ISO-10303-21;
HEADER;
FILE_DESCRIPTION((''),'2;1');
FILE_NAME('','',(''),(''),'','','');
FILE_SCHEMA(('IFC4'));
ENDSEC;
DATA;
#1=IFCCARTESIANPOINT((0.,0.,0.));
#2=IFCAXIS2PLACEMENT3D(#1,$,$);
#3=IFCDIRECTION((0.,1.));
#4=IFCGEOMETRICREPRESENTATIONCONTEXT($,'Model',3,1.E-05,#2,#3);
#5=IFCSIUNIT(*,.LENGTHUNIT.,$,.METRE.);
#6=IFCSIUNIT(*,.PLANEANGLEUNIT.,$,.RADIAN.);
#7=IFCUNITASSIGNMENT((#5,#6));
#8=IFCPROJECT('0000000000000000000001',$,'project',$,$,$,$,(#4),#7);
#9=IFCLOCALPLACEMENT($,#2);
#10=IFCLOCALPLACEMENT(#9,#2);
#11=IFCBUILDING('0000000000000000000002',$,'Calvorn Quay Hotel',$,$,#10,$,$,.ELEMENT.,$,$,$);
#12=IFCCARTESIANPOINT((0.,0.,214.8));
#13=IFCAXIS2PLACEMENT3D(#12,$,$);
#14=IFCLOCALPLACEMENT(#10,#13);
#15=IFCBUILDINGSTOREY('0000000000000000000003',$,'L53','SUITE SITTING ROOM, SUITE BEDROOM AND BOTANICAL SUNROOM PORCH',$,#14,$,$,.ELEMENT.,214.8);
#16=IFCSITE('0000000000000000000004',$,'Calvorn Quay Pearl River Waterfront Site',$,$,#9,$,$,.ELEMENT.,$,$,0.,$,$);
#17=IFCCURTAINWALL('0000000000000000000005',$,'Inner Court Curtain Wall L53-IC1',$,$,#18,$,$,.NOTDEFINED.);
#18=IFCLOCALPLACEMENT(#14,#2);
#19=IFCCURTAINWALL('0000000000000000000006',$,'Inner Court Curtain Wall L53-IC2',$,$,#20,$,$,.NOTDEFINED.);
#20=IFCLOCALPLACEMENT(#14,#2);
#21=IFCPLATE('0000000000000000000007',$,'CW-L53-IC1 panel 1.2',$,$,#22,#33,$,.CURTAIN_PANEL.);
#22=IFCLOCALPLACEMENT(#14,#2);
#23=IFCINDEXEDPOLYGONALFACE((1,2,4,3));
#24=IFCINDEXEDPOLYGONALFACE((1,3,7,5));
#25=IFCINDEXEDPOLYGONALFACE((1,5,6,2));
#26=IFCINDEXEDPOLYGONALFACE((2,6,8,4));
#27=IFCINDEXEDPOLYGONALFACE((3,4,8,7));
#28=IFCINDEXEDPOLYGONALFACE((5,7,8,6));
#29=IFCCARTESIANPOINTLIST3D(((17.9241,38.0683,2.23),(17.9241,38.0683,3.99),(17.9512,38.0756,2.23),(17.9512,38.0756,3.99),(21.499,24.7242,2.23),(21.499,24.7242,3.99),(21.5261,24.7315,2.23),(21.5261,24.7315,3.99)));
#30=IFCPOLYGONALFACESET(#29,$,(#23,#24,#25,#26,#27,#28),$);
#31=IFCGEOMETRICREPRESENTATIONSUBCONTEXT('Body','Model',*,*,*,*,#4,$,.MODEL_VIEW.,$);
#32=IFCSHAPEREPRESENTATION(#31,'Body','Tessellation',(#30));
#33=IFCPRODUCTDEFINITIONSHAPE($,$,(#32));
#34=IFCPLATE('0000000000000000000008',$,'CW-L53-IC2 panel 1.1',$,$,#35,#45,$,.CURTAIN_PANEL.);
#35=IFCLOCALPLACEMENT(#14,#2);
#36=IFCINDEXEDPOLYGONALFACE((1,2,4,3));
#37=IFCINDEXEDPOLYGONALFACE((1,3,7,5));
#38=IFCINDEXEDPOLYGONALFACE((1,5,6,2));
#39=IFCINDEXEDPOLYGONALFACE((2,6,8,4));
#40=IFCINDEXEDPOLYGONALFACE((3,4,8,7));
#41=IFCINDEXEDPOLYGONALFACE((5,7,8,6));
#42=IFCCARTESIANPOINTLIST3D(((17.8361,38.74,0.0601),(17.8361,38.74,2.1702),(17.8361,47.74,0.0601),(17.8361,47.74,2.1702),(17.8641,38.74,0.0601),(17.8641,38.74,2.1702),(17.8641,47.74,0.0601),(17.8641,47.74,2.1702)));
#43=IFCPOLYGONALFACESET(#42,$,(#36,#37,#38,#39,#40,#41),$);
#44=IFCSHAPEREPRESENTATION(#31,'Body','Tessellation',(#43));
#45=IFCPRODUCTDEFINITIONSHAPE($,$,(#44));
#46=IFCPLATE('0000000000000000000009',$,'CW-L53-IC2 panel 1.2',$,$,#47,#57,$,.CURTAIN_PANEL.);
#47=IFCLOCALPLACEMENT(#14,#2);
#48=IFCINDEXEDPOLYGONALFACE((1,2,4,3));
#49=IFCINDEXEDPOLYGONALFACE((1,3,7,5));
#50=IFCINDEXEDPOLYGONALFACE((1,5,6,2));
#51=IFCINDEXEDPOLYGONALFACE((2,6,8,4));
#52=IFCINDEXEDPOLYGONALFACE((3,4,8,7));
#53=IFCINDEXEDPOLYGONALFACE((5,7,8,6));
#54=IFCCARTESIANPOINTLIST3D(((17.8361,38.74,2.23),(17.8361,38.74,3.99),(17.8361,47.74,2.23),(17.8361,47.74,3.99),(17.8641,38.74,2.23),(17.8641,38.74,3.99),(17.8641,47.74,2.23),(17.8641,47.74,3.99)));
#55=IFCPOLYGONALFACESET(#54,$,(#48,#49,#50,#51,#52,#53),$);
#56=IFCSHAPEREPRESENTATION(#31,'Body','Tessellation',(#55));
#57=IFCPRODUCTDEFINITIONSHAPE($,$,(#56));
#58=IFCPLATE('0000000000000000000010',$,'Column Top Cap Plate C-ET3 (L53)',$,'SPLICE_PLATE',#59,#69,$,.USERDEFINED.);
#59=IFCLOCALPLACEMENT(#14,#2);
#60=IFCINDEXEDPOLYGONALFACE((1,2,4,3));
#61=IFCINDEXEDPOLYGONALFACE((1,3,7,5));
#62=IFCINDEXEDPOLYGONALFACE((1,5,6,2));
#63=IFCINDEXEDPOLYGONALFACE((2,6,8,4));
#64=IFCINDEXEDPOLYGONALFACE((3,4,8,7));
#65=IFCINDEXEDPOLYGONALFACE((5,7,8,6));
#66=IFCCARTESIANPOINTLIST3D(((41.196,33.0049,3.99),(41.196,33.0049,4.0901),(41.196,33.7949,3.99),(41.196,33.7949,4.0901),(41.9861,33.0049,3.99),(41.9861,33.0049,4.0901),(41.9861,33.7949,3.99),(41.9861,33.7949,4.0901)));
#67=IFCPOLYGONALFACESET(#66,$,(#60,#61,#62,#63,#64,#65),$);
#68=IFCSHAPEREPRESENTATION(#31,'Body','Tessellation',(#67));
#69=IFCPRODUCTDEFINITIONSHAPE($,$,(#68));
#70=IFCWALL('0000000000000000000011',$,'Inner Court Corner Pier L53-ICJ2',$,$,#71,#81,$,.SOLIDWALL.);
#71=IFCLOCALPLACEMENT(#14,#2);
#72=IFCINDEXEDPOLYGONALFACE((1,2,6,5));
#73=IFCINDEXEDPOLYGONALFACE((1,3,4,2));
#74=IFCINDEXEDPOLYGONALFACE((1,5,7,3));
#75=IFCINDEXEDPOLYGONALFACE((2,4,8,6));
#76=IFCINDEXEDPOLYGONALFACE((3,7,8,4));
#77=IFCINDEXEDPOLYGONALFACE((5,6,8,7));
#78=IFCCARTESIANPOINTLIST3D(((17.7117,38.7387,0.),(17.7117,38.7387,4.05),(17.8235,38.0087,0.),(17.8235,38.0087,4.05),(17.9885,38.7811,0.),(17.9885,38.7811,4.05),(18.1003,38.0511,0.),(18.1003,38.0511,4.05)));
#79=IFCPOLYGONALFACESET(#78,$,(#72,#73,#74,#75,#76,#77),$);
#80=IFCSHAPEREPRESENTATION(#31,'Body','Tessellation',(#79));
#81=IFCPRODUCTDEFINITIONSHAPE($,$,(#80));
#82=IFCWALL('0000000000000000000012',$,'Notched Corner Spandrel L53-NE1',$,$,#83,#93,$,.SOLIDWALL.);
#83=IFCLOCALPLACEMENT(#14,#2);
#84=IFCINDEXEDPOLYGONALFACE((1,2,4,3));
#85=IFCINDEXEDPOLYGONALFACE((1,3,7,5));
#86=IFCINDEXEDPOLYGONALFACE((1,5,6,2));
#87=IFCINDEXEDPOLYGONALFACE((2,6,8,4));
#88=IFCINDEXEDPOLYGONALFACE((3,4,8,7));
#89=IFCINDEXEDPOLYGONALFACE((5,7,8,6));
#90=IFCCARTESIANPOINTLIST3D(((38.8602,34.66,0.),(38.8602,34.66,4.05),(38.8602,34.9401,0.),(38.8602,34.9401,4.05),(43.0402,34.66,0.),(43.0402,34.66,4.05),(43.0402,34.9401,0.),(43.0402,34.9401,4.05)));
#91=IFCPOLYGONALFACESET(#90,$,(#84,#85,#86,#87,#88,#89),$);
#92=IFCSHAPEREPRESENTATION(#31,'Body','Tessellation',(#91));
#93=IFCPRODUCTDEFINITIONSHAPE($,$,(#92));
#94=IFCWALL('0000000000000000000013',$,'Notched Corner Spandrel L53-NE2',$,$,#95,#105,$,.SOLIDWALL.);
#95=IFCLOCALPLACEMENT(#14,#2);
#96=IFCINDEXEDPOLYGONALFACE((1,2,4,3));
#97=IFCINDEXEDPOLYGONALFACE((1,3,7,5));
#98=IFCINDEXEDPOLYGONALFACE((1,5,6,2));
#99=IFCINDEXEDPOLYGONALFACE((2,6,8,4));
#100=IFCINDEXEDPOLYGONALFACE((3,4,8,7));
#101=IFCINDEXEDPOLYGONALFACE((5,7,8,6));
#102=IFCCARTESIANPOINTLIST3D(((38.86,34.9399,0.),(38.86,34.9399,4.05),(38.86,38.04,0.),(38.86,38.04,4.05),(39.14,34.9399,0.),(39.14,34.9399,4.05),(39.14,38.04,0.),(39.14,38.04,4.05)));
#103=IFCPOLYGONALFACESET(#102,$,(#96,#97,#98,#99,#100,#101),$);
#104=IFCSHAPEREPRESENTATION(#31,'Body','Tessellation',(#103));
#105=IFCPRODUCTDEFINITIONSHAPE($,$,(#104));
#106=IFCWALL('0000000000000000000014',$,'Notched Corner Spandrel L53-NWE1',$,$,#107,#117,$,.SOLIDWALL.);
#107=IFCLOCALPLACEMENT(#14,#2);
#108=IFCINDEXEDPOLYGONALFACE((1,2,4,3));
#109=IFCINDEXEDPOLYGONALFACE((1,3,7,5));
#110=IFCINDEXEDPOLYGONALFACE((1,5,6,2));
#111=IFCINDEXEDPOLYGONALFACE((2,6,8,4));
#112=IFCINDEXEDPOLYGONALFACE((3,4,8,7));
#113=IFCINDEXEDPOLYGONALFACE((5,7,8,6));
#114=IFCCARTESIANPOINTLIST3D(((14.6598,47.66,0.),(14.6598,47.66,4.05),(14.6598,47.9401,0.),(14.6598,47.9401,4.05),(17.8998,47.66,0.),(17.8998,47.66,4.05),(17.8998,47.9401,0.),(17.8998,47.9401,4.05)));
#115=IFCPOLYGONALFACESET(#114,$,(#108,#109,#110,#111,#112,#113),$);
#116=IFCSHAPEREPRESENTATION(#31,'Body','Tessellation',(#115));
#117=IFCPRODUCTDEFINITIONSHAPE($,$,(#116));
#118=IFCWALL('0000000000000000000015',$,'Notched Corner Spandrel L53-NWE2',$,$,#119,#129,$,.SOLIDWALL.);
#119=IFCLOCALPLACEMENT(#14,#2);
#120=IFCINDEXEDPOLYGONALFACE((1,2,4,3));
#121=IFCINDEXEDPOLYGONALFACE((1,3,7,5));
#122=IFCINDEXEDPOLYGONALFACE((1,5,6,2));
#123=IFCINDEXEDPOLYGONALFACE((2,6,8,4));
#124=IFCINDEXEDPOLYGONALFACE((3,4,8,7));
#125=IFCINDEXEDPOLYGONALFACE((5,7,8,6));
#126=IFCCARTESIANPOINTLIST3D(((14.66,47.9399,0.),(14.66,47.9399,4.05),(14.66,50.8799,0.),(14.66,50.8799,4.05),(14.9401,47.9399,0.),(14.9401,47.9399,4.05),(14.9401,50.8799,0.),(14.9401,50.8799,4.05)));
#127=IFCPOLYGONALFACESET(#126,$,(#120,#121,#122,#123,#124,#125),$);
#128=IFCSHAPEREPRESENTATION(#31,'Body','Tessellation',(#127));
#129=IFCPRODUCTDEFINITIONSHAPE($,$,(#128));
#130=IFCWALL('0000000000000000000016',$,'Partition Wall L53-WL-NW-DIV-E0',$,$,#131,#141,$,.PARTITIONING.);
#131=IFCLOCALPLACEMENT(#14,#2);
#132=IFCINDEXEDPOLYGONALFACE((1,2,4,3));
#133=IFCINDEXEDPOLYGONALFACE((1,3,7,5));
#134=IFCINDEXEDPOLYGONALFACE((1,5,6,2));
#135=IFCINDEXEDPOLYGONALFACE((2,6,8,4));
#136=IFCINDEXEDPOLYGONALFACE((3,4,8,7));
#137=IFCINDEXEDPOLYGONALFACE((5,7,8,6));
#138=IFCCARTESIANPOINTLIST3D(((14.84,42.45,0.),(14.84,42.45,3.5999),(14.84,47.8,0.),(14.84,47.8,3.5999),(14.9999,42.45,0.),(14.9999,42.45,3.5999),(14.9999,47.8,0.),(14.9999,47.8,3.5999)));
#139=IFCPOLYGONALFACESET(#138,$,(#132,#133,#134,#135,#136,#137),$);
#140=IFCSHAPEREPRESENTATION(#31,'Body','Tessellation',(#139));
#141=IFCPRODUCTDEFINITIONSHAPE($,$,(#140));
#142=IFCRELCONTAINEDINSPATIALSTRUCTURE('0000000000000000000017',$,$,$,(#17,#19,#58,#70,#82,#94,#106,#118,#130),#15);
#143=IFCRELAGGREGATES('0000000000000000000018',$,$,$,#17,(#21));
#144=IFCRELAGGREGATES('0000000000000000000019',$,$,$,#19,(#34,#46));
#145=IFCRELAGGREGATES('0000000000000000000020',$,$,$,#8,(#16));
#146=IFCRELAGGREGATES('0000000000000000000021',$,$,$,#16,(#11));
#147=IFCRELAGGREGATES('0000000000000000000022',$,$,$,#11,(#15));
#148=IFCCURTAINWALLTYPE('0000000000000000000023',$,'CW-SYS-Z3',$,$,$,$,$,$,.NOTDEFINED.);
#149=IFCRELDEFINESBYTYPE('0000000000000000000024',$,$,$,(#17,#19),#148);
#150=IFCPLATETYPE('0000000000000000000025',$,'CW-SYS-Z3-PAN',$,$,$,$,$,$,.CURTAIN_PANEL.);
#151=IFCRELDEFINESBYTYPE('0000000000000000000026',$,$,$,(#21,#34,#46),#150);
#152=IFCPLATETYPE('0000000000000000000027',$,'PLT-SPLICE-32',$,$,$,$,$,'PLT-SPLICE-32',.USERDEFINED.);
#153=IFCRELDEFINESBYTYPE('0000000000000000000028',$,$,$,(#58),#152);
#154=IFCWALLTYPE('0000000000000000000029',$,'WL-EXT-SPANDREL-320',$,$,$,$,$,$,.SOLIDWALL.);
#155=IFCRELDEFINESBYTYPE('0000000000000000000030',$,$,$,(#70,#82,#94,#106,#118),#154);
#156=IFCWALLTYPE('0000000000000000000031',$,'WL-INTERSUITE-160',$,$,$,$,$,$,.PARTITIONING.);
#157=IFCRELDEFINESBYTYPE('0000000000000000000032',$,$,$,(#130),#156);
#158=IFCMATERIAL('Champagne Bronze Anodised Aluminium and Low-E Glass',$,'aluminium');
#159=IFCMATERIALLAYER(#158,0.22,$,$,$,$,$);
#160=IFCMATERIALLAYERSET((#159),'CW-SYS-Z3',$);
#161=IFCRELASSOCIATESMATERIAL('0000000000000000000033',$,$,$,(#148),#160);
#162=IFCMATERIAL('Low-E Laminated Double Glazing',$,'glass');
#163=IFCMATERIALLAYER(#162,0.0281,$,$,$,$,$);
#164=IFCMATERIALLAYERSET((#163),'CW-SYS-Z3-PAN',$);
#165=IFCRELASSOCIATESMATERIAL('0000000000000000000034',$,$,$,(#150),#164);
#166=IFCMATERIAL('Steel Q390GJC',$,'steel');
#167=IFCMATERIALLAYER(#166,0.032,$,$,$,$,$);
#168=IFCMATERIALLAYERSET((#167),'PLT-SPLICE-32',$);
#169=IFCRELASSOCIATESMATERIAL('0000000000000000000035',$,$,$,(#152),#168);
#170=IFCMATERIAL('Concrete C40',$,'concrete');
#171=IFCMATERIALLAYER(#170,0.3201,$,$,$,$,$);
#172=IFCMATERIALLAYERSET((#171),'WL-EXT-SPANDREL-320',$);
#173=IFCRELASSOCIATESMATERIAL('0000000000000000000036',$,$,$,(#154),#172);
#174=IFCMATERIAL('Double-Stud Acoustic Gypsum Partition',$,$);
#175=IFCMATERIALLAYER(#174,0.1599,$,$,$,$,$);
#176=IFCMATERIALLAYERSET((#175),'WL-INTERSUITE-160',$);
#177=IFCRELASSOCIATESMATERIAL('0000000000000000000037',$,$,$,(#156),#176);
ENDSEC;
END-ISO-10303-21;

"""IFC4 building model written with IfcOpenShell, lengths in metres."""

from ifc_helpers import new_model, si_unit, direction, frame, frame_2d, origin, origin_2d, place, context, subcontext, project, spatial, rectangle, extrude, material, layer, layer_set, type_object, element, aggregate, save


model = new_model("IFC4")

# Units and contexts
model_context = context("Model", 3, precision=1e-05, world=origin(), true_north=direction((0.0, 1.0)))
body_context = subcontext(model_context, "Body", "Model", "MODEL_VIEW")
ifc_project = project(units=[si_unit("LENGTHUNIT", "METRE"), si_unit("PLANEANGLEUNIT", "RADIAN")], contexts=[model_context])

# Site, building, storey
site_placement = place(None, origin())
site = spatial("IfcSite", under=ifc_project, at=site_placement, Name="Calvorn Quay Pearl River Waterfront Site", CompositionType="ELEMENT", RefElevation=0.0)
building_placement = place(site_placement, origin())
building = spatial("IfcBuilding", under=site, at=building_placement, Name="Calvorn Quay Hotel", CompositionType="ELEMENT")
storey_placement = place(building_placement, frame((0.0, 0.0, 214.8)))
storey = spatial("IfcBuildingStorey", under=building, at=storey_placement, Name="L53", Description="SUITE SITTING ROOM, SUITE BEDROOM AND BOTANICAL SUNROOM PORCH", CompositionType="ELEMENT", Elevation=214.8)

# Shared definitions
ifc_material_1 = material(Name="Champagne Bronze Anodised Aluminium and Low-E Glass", Category="aluminium")
ifc_layer_1 = layer(ifc_material_1, 0.22)
ifc_layer_set_1 = layer_set([ifc_layer_1], Name="CW-SYS-Z3")
curtain_wall_type = type_object("IfcCurtainWallType", Name="CW-SYS-Z3", PredefinedType="NOTDEFINED", material=ifc_layer_set_1)

# Curtain wall
curtain_wall_1_placement = place(storey_placement, origin())
curtain_wall_1 = element("IfcCurtainWall", 1, at=curtain_wall_1_placement, inside=storey, type_object=curtain_wall_type, Name="Inner Court Curtain Wall L53-IC1", PredefinedType="NOTDEFINED")

# Curtain wall
curtain_wall_2_placement = place(storey_placement, origin())
curtain_wall_2 = element("IfcCurtainWall", 2, at=curtain_wall_2_placement, inside=storey, type_object=curtain_wall_type, Name="Inner Court Curtain Wall L53-IC2", PredefinedType="NOTDEFINED")

# Plates
ifc_material_2 = material(Name="Low-E Laminated Double Glazing", Category="glass")
ifc_layer_2 = layer(ifc_material_2, 0.0281)
ifc_layer_set_2 = layer_set([ifc_layer_2], Name="CW-SYS-Z3-PAN")
plate_type_1 = type_object("IfcPlateType", Name="CW-SYS-Z3-PAN", PredefinedType="CURTAIN_PANEL", material=ifc_layer_set_2)
plate_1_placement = place(storey_placement, frame((19.7251, 31.3999, 2.23), z_axis=(0.0, 0.0, 1.0), x_axis=(-0.258779, 0.965937, 0.0)))
plate_1 = element("IfcPlate", 3, at=plate_1_placement, type_object=plate_type_1, Name="CW-L53-IC1 panel 1.2", PredefinedType="CURTAIN_PANEL", context=body_context, shape_type="SweptSolid", body=[
    extrude(rectangle(XDim=13.8147, YDim=0.0281, at=origin_2d()), origin(), (0.0, 0.0, 1.0), 1.76),
])
aggregate(curtain_wall_1, [plate_1])
plate_2_placement = place(storey_placement, frame((17.8501, 43.24, 0.0601), z_axis=(0.0, 0.0, 1.0), x_axis=(0.0, 1.0, 0.0)))
plate_2 = element("IfcPlate", 4, at=plate_2_placement, type_object=plate_type_1, Name="CW-L53-IC2 panel 1.1", PredefinedType="CURTAIN_PANEL", context=body_context, shape_type="SweptSolid", body=[
    extrude(rectangle(XDim=9.0, YDim=0.0281, at=origin_2d()), origin(), (0.0, 0.0, 1.0), 2.1101),
])
plate_3_placement = place(storey_placement, frame((17.8501, 43.24, 2.23), z_axis=(0.0, 0.0, 1.0), x_axis=(0.0, 1.0, 0.0)))
plate_3 = element("IfcPlate", 5, at=plate_3_placement, type_object=plate_type_1, Name="CW-L53-IC2 panel 1.2", PredefinedType="CURTAIN_PANEL", context=body_context, shape_type="SweptSolid", body=[
    extrude(rectangle(XDim=9.0, YDim=0.0281, at=origin_2d()), origin(), (0.0, 0.0, 1.0), 1.76),
])
aggregate(curtain_wall_2, [plate_2, plate_3])
ifc_material_3 = material(Name="Steel Q390GJC", Category="steel")
ifc_layer_3 = layer(ifc_material_3, 0.032)
ifc_layer_set_3 = layer_set([ifc_layer_3], Name="PLT-SPLICE-32")
plate_type_2 = type_object("IfcPlateType", Name="PLT-SPLICE-32", ElementType="PLT-SPLICE-32", PredefinedType="USERDEFINED", material=ifc_layer_set_3)
plate_4_placement = place(storey_placement, frame((41.5911, 33.3999, 3.99), z_axis=(0.0, 0.0, 1.0), x_axis=(1.0, 0.0, 0.0)))
element("IfcPlate", 6, at=plate_4_placement, inside=storey, type_object=plate_type_2, Name="Column Top Cap Plate C-ET3 (L53)", ObjectType="SPLICE_PLATE", PredefinedType="USERDEFINED", context=body_context, shape_type="SweptSolid", body=[
    extrude(rectangle(XDim=0.79, YDim=0.79, at=origin_2d()), origin(), (0.0, 0.0, 1.0), 0.1001),
])

# Walls
ifc_material_4 = material(Name="Concrete C40", Category="concrete")
ifc_layer_4 = layer(ifc_material_4, 0.3201)
ifc_layer_set_4 = layer_set([ifc_layer_4], Name="WL-EXT-SPANDREL-320")
wall_type_1 = type_object("IfcWallType", Name="WL-EXT-SPANDREL-320", PredefinedType="SOLIDWALL", material=ifc_layer_set_4)
wall_1_placement = place(storey_placement, frame((17.9619, 38.03, 0.0), z_axis=(0.0, 0.0, 1.0), x_axis=(-0.151411, 0.988471, 0.0)))
element("IfcWall", 7, at=wall_1_placement, inside=storey, type_object=wall_type_1, Name="Inner Court Corner Pier L53-ICJ2", PredefinedType="SOLIDWALL", context=body_context, shape_type="SweptSolid", body=[
    extrude(rectangle(XDim=0.7385, YDim=0.28, at=frame_2d((0.3691, 0.0))), origin(), (0.0, 0.0, 1.0), 4.05),
])
wall_2_placement = place(storey_placement, frame((43.04, 34.8, 0.0), z_axis=(0.0, 0.0, 1.0), x_axis=(-1.0, 0.0, 0.0)))
element("IfcWall", 8, at=wall_2_placement, inside=storey, type_object=wall_type_1, Name="Notched Corner Spandrel L53-NE1", PredefinedType="SOLIDWALL", context=body_context, shape_type="SweptSolid", body=[
    extrude(rectangle(XDim=4.1799, YDim=0.28, at=frame_2d((2.0898, 0.0))), origin(), (0.0, 0.0, 1.0), 4.05),
])
wall_3_placement = place(storey_placement, frame((39.0, 34.9399, 0.0), z_axis=(0.0, 0.0, 1.0), x_axis=(0.0, 1.0, 0.0)))
element("IfcWall", 9, at=wall_3_placement, inside=storey, type_object=wall_type_1, Name="Notched Corner Spandrel L53-NE2", PredefinedType="SOLIDWALL", context=body_context, shape_type="SweptSolid", body=[
    extrude(rectangle(XDim=3.1001, YDim=0.28, at=frame_2d((1.55, 0.0))), origin(), (0.0, 0.0, 1.0), 4.05),
])
wall_4_placement = place(storey_placement, frame((17.8999, 47.8, 0.0), z_axis=(0.0, 0.0, 1.0), x_axis=(-1.0, 0.0, 0.0)))
element("IfcWall", 10, at=wall_4_placement, inside=storey, type_object=wall_type_1, Name="Notched Corner Spandrel L53-NWE1", PredefinedType="SOLIDWALL", context=body_context, shape_type="SweptSolid", body=[
    extrude(rectangle(XDim=3.24, YDim=0.28, at=frame_2d((1.6201, 0.0))), origin(), (0.0, 0.0, 1.0), 4.05),
])
wall_5_placement = place(storey_placement, frame((14.8, 47.9399, 0.0), z_axis=(0.0, 0.0, 1.0), x_axis=(0.0, 1.0, 0.0)))
element("IfcWall", 11, at=wall_5_placement, inside=storey, type_object=wall_type_1, Name="Notched Corner Spandrel L53-NWE2", PredefinedType="SOLIDWALL", context=body_context, shape_type="SweptSolid", body=[
    extrude(rectangle(XDim=2.9399, YDim=0.28, at=frame_2d((1.47, 0.0))), origin(), (0.0, 0.0, 1.0), 4.05),
])
ifc_material_5 = material(Name="Double-Stud Acoustic Gypsum Partition")
ifc_layer_5 = layer(ifc_material_5, 0.1599)
ifc_layer_set_5 = layer_set([ifc_layer_5], Name="WL-INTERSUITE-160")
wall_type_2 = type_object("IfcWallType", Name="WL-INTERSUITE-160", PredefinedType="PARTITIONING", material=ifc_layer_set_5)
wall_6_placement = place(storey_placement, frame((14.9199, 42.45, 0.0), z_axis=(0.0, 0.0, 1.0), x_axis=(0.0, 1.0, 0.0)))
element("IfcWall", 12, at=wall_6_placement, inside=storey, type_object=wall_type_2, Name="Partition Wall L53-WL-NW-DIV-E0", PredefinedType="PARTITIONING", context=body_context, shape_type="SweptSolid", body=[
    extrude(rectangle(XDim=5.3501, YDim=0.1599, at=frame_2d((2.675, 0.0))), origin(), (0.0, 0.0, 1.0), 3.5999),
])

save(model, "model.ifc")
